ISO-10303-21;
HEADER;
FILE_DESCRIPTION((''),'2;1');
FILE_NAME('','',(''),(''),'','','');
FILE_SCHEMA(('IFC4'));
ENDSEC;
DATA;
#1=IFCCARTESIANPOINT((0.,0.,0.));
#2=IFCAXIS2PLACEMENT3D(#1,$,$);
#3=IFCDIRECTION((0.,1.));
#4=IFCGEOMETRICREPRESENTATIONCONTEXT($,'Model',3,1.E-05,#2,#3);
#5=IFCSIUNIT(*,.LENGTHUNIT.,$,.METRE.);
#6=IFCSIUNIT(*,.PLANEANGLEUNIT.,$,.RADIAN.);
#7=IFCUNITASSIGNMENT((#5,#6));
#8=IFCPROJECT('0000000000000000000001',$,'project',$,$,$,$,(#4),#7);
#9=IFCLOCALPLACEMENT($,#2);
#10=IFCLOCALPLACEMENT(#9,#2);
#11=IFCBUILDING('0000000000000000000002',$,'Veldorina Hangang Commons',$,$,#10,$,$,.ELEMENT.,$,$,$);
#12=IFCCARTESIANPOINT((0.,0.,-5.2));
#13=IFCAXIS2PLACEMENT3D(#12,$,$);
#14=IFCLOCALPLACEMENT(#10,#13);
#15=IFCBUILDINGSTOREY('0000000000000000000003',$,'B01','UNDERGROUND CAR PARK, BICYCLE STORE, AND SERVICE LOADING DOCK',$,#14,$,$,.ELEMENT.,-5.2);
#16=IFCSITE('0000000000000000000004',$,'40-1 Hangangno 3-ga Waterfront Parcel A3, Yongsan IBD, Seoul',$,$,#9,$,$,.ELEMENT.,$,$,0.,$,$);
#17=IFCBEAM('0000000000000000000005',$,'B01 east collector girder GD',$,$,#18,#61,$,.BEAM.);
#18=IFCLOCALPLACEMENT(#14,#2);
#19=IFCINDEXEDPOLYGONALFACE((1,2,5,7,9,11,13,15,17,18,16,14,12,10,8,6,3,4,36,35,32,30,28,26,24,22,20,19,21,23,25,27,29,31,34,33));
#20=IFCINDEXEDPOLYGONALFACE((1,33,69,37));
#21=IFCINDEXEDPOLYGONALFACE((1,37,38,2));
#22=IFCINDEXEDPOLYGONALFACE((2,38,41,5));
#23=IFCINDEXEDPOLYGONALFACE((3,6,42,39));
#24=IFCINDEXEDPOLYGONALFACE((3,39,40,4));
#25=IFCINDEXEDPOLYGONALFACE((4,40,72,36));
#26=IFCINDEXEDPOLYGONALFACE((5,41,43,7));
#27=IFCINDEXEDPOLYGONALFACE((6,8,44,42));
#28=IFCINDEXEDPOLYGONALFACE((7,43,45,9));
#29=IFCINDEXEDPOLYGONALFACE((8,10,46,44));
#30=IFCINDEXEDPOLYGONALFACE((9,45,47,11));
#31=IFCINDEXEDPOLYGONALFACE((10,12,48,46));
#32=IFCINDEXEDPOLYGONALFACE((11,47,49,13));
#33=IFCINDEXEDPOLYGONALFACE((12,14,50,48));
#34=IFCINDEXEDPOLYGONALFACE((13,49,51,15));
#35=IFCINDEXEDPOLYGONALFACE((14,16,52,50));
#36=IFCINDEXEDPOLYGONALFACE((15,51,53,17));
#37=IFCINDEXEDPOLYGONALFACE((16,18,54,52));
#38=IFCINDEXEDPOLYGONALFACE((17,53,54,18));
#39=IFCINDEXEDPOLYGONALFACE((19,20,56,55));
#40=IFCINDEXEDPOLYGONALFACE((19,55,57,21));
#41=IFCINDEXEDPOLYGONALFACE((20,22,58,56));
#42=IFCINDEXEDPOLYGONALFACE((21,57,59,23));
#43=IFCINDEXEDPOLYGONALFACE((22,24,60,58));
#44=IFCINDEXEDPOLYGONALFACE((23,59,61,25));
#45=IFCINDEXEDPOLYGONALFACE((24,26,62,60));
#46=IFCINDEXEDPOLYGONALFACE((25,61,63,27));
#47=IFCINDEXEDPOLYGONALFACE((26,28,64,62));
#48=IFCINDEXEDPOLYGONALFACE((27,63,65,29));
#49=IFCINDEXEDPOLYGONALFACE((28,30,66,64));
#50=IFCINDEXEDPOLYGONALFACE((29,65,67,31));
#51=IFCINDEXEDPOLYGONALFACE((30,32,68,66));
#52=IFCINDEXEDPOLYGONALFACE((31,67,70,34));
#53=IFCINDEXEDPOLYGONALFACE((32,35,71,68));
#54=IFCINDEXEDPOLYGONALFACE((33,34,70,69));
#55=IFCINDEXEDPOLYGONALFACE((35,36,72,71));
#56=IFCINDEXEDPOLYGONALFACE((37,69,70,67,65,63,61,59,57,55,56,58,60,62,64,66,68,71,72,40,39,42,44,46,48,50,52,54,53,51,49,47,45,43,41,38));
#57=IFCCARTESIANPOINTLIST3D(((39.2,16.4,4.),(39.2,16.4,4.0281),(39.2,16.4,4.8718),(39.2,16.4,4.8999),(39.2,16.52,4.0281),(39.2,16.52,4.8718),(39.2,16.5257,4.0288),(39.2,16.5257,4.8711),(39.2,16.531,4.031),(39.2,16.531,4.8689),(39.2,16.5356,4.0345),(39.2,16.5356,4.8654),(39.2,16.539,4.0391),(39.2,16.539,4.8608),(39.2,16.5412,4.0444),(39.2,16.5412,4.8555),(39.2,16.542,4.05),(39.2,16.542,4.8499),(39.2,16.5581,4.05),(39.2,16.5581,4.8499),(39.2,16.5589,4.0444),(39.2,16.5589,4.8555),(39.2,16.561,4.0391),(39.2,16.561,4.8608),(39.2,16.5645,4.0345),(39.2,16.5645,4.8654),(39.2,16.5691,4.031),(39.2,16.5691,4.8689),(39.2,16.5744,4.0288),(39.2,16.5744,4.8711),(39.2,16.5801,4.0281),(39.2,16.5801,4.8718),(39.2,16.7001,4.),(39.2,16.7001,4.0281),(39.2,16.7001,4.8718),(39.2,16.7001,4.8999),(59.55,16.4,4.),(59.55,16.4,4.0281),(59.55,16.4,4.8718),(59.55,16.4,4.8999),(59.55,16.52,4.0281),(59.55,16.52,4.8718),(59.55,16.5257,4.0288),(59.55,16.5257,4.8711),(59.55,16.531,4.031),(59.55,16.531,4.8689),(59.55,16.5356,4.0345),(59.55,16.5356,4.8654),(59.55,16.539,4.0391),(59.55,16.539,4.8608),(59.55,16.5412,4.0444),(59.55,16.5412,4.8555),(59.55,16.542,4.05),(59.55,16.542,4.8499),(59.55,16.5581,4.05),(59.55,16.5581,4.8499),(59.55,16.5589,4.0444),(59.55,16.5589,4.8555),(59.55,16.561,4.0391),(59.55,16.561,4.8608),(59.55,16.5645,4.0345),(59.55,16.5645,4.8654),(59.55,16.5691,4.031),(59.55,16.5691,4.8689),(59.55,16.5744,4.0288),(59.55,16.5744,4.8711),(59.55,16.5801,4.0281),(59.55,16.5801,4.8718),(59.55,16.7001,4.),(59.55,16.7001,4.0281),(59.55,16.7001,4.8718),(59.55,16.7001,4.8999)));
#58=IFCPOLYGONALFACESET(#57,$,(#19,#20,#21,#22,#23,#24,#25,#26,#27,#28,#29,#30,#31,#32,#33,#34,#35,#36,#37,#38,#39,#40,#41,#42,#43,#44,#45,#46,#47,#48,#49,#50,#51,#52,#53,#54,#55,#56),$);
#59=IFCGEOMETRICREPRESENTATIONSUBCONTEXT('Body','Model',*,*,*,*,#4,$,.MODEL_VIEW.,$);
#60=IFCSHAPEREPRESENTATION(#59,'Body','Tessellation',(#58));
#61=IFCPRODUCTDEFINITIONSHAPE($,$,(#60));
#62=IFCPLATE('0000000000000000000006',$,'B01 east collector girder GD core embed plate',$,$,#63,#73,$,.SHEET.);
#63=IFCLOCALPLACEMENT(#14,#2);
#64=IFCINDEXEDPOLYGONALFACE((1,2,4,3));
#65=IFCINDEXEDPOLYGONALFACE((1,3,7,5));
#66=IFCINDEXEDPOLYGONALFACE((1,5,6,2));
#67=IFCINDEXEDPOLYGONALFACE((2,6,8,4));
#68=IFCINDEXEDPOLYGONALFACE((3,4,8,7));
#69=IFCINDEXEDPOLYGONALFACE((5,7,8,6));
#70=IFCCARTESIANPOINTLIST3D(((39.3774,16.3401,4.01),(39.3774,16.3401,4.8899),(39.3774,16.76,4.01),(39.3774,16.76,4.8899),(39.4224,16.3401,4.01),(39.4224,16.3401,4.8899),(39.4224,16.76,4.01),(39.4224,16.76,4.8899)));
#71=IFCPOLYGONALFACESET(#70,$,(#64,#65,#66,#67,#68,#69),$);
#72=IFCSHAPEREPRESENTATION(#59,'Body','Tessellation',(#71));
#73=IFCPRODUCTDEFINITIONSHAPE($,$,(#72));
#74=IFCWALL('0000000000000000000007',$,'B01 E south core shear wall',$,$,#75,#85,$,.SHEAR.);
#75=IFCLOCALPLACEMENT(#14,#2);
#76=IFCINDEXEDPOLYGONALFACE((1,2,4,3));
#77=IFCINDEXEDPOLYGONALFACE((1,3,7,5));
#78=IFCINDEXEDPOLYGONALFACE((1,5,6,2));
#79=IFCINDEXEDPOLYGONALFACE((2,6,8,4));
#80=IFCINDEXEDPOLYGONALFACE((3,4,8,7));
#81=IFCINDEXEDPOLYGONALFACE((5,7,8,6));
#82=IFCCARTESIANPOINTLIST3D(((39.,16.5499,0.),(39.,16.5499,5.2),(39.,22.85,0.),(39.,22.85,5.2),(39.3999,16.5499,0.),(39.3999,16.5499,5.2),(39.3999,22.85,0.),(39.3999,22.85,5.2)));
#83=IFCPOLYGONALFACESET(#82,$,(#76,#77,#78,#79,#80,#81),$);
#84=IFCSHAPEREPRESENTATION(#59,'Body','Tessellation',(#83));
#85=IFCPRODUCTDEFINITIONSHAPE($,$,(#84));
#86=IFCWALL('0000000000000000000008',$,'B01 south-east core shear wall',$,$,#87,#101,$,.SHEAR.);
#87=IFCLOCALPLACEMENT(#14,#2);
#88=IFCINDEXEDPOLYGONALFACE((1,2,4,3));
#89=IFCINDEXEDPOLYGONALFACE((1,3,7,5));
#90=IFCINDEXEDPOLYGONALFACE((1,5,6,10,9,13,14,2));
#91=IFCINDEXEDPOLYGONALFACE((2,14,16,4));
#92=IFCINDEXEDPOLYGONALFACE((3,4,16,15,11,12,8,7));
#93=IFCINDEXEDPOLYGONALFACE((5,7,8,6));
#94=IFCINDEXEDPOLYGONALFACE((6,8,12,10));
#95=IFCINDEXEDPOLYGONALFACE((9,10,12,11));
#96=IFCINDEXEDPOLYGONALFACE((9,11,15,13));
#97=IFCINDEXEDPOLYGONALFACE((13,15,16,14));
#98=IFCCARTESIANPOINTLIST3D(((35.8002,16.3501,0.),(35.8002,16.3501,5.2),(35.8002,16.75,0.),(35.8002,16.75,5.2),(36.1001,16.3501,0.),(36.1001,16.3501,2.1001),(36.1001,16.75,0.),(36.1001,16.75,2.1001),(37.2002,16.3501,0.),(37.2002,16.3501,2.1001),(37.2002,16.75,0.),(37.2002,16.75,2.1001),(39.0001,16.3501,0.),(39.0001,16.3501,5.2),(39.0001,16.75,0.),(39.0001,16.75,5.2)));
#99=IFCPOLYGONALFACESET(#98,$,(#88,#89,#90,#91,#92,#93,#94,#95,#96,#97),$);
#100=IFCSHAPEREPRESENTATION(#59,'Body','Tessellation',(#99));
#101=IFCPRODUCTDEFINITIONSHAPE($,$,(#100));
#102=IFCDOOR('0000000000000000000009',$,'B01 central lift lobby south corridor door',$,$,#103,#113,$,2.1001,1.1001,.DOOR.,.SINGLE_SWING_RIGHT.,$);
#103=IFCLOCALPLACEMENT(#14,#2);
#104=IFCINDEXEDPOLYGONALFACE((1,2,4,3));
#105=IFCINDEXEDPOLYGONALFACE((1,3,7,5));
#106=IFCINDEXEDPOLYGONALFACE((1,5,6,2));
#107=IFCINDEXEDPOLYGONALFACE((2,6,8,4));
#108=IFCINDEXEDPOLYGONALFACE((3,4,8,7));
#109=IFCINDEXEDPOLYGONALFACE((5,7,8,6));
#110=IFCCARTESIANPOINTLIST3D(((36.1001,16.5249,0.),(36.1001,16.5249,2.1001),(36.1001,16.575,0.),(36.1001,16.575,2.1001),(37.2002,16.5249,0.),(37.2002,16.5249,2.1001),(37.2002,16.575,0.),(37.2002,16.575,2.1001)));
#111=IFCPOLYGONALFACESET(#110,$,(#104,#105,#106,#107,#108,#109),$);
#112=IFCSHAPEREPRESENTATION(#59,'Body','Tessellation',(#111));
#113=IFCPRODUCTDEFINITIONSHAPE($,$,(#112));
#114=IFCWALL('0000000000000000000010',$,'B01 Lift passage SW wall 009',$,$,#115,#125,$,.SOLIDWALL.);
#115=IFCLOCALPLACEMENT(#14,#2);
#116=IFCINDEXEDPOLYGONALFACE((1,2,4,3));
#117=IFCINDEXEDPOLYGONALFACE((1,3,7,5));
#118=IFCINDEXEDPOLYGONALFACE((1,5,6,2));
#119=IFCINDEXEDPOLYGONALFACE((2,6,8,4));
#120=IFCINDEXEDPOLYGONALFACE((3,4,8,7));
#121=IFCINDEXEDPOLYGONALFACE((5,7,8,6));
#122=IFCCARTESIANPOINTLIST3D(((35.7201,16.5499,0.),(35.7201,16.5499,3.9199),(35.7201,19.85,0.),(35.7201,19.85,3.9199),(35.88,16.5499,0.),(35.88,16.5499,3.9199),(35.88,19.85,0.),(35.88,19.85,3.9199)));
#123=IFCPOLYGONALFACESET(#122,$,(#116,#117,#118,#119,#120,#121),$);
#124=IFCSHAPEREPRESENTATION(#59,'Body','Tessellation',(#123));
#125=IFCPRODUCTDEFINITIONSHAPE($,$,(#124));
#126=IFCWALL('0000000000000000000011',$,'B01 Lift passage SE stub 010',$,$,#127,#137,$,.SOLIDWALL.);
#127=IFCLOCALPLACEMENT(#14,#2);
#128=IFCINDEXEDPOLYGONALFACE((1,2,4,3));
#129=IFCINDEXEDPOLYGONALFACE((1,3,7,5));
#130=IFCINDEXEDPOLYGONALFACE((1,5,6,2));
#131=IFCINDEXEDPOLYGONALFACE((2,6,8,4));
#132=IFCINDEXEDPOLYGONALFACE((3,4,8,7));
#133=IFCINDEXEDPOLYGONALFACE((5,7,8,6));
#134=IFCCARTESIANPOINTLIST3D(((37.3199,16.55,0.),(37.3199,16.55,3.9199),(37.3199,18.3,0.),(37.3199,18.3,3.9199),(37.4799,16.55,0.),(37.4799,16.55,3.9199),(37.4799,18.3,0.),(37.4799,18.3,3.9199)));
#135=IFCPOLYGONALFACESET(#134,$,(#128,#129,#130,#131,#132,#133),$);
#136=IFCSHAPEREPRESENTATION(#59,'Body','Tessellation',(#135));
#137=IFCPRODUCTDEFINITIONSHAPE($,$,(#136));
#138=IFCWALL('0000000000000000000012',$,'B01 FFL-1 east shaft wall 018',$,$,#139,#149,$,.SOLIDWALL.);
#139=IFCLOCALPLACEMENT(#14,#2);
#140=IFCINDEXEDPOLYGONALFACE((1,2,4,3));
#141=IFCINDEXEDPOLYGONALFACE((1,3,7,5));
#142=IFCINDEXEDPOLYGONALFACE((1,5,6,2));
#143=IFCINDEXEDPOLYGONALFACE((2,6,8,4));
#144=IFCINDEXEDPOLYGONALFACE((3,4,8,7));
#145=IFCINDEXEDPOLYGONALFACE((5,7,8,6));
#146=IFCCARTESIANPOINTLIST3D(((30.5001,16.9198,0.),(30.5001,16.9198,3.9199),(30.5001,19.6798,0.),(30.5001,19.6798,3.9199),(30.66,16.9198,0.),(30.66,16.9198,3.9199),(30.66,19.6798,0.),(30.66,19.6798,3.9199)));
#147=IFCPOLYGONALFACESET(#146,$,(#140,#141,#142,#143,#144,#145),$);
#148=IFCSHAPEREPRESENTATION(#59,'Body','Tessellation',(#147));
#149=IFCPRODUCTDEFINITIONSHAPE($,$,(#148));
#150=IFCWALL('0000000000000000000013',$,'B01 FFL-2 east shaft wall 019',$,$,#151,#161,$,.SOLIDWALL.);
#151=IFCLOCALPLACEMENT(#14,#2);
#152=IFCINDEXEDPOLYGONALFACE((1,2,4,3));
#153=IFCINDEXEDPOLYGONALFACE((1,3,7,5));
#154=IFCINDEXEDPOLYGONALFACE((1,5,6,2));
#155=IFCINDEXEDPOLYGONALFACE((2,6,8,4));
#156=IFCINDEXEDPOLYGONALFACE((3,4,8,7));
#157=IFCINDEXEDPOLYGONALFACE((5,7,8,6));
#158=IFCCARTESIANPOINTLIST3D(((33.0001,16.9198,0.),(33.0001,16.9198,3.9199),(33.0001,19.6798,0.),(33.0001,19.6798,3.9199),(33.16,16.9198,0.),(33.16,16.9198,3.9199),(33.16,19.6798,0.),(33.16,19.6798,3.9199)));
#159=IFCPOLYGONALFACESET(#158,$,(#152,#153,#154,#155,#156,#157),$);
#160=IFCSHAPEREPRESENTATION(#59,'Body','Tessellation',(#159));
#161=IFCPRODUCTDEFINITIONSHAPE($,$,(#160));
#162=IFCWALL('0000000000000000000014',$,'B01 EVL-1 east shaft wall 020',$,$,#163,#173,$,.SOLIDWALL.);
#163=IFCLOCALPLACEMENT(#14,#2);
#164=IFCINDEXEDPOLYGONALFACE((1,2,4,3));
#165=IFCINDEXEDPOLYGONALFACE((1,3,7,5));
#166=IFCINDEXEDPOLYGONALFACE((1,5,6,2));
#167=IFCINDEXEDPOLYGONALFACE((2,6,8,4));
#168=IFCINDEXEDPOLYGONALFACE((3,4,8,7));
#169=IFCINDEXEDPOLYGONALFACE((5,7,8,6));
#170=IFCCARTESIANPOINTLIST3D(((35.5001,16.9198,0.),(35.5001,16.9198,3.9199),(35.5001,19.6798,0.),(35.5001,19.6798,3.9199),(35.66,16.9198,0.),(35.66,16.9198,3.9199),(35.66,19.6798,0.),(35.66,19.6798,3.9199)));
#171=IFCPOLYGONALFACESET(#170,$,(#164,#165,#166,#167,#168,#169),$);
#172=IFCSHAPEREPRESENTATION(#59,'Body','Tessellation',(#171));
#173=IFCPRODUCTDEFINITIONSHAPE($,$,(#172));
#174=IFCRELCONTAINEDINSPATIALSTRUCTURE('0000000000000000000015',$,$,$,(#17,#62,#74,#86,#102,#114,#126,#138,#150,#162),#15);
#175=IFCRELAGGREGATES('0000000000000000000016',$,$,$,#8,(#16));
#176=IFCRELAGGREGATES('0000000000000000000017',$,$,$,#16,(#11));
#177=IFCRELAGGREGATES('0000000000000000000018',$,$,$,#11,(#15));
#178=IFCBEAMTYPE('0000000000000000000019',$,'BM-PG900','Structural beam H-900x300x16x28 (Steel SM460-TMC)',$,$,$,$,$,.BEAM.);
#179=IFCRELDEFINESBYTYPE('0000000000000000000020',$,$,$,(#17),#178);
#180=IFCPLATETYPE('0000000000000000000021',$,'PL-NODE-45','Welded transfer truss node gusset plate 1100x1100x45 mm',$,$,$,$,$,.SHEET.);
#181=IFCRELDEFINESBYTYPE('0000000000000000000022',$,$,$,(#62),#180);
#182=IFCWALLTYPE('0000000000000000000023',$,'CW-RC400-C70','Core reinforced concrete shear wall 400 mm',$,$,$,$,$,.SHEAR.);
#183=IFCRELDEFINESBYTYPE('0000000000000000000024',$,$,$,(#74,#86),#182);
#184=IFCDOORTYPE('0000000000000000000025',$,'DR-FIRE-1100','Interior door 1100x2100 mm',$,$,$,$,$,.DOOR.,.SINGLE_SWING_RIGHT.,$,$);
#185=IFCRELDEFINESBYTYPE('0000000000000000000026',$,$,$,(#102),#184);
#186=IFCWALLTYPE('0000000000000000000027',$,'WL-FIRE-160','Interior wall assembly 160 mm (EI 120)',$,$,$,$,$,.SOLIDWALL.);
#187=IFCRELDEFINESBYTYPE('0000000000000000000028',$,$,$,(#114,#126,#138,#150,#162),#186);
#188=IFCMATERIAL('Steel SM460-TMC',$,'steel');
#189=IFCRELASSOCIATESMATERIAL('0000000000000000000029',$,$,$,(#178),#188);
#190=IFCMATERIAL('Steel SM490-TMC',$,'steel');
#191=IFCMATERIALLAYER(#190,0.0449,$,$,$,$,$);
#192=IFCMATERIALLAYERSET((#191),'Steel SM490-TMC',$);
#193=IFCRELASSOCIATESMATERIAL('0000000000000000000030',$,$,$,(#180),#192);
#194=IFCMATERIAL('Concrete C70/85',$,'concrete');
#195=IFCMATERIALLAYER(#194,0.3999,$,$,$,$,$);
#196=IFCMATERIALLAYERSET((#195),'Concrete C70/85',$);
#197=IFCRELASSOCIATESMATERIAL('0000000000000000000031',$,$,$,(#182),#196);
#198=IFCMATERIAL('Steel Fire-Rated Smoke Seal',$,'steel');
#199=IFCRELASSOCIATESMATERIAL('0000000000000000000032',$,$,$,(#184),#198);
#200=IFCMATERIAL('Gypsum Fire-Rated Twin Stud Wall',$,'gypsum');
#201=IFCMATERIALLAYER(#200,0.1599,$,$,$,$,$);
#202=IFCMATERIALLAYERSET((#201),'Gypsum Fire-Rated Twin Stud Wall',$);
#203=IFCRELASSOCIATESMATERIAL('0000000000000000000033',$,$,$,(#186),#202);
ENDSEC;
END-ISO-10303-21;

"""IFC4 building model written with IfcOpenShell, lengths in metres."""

from ifc_helpers import new_model, si_unit, direction, frame, frame_2d, origin, origin_2d, place, context, subcontext, project, spatial, rectangle, i_section, extrude, material, layer, layer_set, material_profile, profile_set, type_object, element, fill, save


model = new_model("IFC4")

# Units and contexts
model_context = context("Model", 3, precision=1e-05, world=origin(), true_north=direction((0.0, 1.0)))
body_context = subcontext(model_context, "Body", "Model", "MODEL_VIEW")
ifc_project = project(units=[si_unit("LENGTHUNIT", "METRE"), si_unit("PLANEANGLEUNIT", "RADIAN")], contexts=[model_context])

# Site, building, storey
site_placement = place(None, origin())
site = spatial("IfcSite", under=ifc_project, at=site_placement, Name="40-1 Hangangno 3-ga Waterfront Parcel A3, Yongsan IBD, Seoul", CompositionType="ELEMENT", RefElevation=0.0)
building_placement = place(site_placement, origin())
building = spatial("IfcBuilding", under=site, at=building_placement, Name="Veldorina Hangang Commons", CompositionType="ELEMENT")
storey_placement = place(building_placement, frame((0.0, 0.0, -5.2)))
storey = spatial("IfcBuildingStorey", under=building, at=storey_placement, Name="B01", Description="UNDERGROUND CAR PARK, BICYCLE STORE, AND SERVICE LOADING DOCK", CompositionType="ELEMENT", Elevation=-5.2)

# Beam
ifc_material_1 = material(Name="Steel SM460-TMC", Category="steel")
ifc_material_profile_1 = material_profile(ifc_material_1, i_section(OverallWidth=0.3, OverallDepth=0.8999, WebThickness=0.0161, FlangeThickness=0.0281, FilletRadius=0.022, at=origin_2d()), Name="H-900x300x16x28")
ifc_profile_set_1 = profile_set([ifc_material_profile_1], Name="Steel SM460-TMC")
beam_type_1 = type_object("IfcBeamType", Name="BM-PG900", Description="Structural beam H-900x300x16x28 (Steel SM460-TMC)", PredefinedType="BEAM", material=ifc_profile_set_1)
beam_1_placement = place(storey_placement, frame((39.2, 16.55, 4.45), z_axis=(1.0, 0.0, 0.0), x_axis=(0.0, 1.0, 0.0)))
element("IfcBeam", 1, at=beam_1_placement, inside=storey, type_object=beam_type_1, Name="B01 east collector girder GD", PredefinedType="BEAM", context=body_context, shape_type="SweptSolid", body=[
    extrude(i_section(OverallWidth=0.3, OverallDepth=0.8999, WebThickness=0.0161, FlangeThickness=0.0281, FilletRadius=0.022, at=origin_2d()), origin(), (0.0, 0.0, 1.0), 20.3501),
])

# Plate
ifc_material_2 = material(Name="Steel SM490-TMC", Category="steel")
ifc_layer_1 = layer(ifc_material_2, 0.0449)
ifc_layer_set_1 = layer_set([ifc_layer_1], Name="Steel SM490-TMC")
plate_type = type_object("IfcPlateType", Name="PL-NODE-45", Description="Welded transfer truss node gusset plate 1100x1100x45 mm", PredefinedType="SHEET", material=ifc_layer_set_1)
plate_placement = place(storey_placement, frame((39.3999, 16.55, 4.01), z_axis=(0.0, 0.0, 1.0), x_axis=(1.0, 0.0, 0.0)))
element("IfcPlate", 2, at=plate_placement, inside=storey, type_object=plate_type, Name="B01 east collector girder GD core embed plate", PredefinedType="SHEET", context=body_context, shape_type="SweptSolid", body=[
    extrude(rectangle(XDim=0.0449, YDim=0.4199, at=origin_2d()), origin(), (0.0, 0.0, 1.0), 0.8799),
])

# Wall
ifc_material_3 = material(Name="Concrete C70/85", Category="concrete")
ifc_layer_2 = layer(ifc_material_3, 0.3999)
ifc_layer_set_2 = layer_set([ifc_layer_2], Name="Concrete C70/85")
wall_type_1 = type_object("IfcWallType", Name="CW-RC400-C70", Description="Core reinforced concrete shear wall 400 mm", PredefinedType="SHEAR", material=ifc_layer_set_2)
wall_1_placement = place(storey_placement, frame((39.2, 16.55, 0.0), z_axis=(0.0, 0.0, 1.0), x_axis=(0.0, 1.0, 0.0)))
element("IfcWall", 3, at=wall_1_placement, inside=storey, type_object=wall_type_1, Name="B01 E south core shear wall", PredefinedType="SHEAR", context=body_context, shape_type="SweptSolid", body=[
    extrude(rectangle(XDim=6.3, YDim=0.3999, at=frame_2d((3.1499, 0.0))), origin(), (0.0, 0.0, 1.0), 5.2),
])

# Wall, opening, door
wall_2_placement = place(storey_placement, frame((35.8, 16.55, 0.0), z_axis=(0.0, 0.0, 1.0), x_axis=(1.0, 0.0, 0.0)))
wall_2 = element("IfcWall", 4, at=wall_2_placement, inside=storey, type_object=wall_type_1, Name="B01 south-east core shear wall", PredefinedType="SHEAR", context=body_context, shape_type="SweptSolid", body=[
    extrude(rectangle(XDim=3.2, YDim=0.3999, at=frame_2d((1.6001, 0.0))), origin(), (0.0, 0.0, 1.0), 5.2),
])
opening_1_placement = place(wall_2_placement, frame((0.3, 0.0, 0.0)))
opening_1 = element("IfcOpeningElement", 5, at=opening_1_placement, cuts=wall_2, PredefinedType="OPENING", context=body_context, shape_type="SweptSolid", body=[
    extrude(rectangle(XDim=1.1001, YDim=2.1001, at=frame_2d((0.55, 1.05))), frame((0.0, 0.21, 0.0), z_axis=(0.0, -1.0, 0.0), x_axis=(1.0, 0.0, 0.0)), (0.0, 0.0, 1.0), 0.4199),
])
ifc_material_4 = material(Name="Steel Fire-Rated Smoke Seal", Category="steel")
door_type_1 = type_object("IfcDoorType", Name="DR-FIRE-1100", Description="Interior door 1100x2100 mm", OperationType="SINGLE_SWING_RIGHT", PredefinedType="DOOR", material=ifc_material_4)
door_1_placement = place(opening_1_placement, origin())
door_1 = element("IfcDoor", 6, at=door_1_placement, inside=storey, type_object=door_type_1, Name="B01 central lift lobby south corridor door", OperationType="SINGLE_SWING_RIGHT", OverallHeight=2.1001, OverallWidth=1.1001, PredefinedType="DOOR", context=body_context, shape_type="SweptSolid", body=[
    extrude(rectangle(XDim=1.1001, YDim=2.1001, at=frame_2d((0.55, 1.05))), frame((0.0, 0.0249, 0.0), z_axis=(0.0, -1.0, 0.0), x_axis=(1.0, 0.0, 0.0)), (0.0, 0.0, 1.0), 0.05),
])
fill(opening_1, door_1)

# Walls
ifc_material_5 = material(Name="Gypsum Fire-Rated Twin Stud Wall", Category="gypsum")
ifc_layer_3 = layer(ifc_material_5, 0.1599)
ifc_layer_set_3 = layer_set([ifc_layer_3], Name="Gypsum Fire-Rated Twin Stud Wall")
wall_type_2 = type_object("IfcWallType", Name="WL-FIRE-160", Description="Interior wall assembly 160 mm (EI 120)", PredefinedType="SOLIDWALL", material=ifc_layer_set_3)
wall_3_placement = place(storey_placement, frame((35.8, 16.55, 0.0), z_axis=(0.0, 0.0, 1.0), x_axis=(0.0, 1.0, 0.0)))
element("IfcWall", 7, at=wall_3_placement, inside=storey, type_object=wall_type_2, Name="B01 Lift passage SW wall 009", PredefinedType="SOLIDWALL", context=body_context, shape_type="SweptSolid", body=[
    extrude(rectangle(XDim=3.3, YDim=0.1599, at=frame_2d((1.6499, 0.0))), origin(), (0.0, 0.0, 1.0), 3.9199),
])
wall_4_placement = place(storey_placement, frame((37.3999, 16.55, 0.0), z_axis=(0.0, 0.0, 1.0), x_axis=(0.0, 1.0, 0.0)))
element("IfcWall", 8, at=wall_4_placement, inside=storey, type_object=wall_type_2, Name="B01 Lift passage SE stub 010", PredefinedType="SOLIDWALL", context=body_context, shape_type="SweptSolid", body=[
    extrude(rectangle(XDim=1.75, YDim=0.1599, at=frame_2d((0.875, 0.0))), origin(), (0.0, 0.0, 1.0), 3.9199),
])
for number, where, z_axis, x_axis, name in (
    (9, (30.5801, 16.9199, 0.0), (0.0, 0.0, 1.0), (0.0, 1.0, 0.0), "B01 FFL-1 east shaft wall 018"),
    (10, (33.0801, 16.9199, 0.0), (0.0, 0.0, 1.0), (0.0, 1.0, 0.0), "B01 FFL-2 east shaft wall 019"),
    (11, (35.5801, 16.9199, 0.0), (0.0, 0.0, 1.0), (0.0, 1.0, 0.0), "B01 EVL-1 east shaft wall 020"),
):
    element("IfcWall", number, at=place(storey_placement, frame(where, z_axis=z_axis, x_axis=x_axis)), inside=storey, type_object=wall_type_2, Name=name, PredefinedType="SOLIDWALL", context=body_context, shape_type="SweptSolid", body=[
        extrude(rectangle(XDim=2.76, YDim=0.1599, at=frame_2d((1.3799, 0.0))), origin(), (0.0, 0.0, 1.0), 3.9199),
    ])

save(model, "model.ifc")
